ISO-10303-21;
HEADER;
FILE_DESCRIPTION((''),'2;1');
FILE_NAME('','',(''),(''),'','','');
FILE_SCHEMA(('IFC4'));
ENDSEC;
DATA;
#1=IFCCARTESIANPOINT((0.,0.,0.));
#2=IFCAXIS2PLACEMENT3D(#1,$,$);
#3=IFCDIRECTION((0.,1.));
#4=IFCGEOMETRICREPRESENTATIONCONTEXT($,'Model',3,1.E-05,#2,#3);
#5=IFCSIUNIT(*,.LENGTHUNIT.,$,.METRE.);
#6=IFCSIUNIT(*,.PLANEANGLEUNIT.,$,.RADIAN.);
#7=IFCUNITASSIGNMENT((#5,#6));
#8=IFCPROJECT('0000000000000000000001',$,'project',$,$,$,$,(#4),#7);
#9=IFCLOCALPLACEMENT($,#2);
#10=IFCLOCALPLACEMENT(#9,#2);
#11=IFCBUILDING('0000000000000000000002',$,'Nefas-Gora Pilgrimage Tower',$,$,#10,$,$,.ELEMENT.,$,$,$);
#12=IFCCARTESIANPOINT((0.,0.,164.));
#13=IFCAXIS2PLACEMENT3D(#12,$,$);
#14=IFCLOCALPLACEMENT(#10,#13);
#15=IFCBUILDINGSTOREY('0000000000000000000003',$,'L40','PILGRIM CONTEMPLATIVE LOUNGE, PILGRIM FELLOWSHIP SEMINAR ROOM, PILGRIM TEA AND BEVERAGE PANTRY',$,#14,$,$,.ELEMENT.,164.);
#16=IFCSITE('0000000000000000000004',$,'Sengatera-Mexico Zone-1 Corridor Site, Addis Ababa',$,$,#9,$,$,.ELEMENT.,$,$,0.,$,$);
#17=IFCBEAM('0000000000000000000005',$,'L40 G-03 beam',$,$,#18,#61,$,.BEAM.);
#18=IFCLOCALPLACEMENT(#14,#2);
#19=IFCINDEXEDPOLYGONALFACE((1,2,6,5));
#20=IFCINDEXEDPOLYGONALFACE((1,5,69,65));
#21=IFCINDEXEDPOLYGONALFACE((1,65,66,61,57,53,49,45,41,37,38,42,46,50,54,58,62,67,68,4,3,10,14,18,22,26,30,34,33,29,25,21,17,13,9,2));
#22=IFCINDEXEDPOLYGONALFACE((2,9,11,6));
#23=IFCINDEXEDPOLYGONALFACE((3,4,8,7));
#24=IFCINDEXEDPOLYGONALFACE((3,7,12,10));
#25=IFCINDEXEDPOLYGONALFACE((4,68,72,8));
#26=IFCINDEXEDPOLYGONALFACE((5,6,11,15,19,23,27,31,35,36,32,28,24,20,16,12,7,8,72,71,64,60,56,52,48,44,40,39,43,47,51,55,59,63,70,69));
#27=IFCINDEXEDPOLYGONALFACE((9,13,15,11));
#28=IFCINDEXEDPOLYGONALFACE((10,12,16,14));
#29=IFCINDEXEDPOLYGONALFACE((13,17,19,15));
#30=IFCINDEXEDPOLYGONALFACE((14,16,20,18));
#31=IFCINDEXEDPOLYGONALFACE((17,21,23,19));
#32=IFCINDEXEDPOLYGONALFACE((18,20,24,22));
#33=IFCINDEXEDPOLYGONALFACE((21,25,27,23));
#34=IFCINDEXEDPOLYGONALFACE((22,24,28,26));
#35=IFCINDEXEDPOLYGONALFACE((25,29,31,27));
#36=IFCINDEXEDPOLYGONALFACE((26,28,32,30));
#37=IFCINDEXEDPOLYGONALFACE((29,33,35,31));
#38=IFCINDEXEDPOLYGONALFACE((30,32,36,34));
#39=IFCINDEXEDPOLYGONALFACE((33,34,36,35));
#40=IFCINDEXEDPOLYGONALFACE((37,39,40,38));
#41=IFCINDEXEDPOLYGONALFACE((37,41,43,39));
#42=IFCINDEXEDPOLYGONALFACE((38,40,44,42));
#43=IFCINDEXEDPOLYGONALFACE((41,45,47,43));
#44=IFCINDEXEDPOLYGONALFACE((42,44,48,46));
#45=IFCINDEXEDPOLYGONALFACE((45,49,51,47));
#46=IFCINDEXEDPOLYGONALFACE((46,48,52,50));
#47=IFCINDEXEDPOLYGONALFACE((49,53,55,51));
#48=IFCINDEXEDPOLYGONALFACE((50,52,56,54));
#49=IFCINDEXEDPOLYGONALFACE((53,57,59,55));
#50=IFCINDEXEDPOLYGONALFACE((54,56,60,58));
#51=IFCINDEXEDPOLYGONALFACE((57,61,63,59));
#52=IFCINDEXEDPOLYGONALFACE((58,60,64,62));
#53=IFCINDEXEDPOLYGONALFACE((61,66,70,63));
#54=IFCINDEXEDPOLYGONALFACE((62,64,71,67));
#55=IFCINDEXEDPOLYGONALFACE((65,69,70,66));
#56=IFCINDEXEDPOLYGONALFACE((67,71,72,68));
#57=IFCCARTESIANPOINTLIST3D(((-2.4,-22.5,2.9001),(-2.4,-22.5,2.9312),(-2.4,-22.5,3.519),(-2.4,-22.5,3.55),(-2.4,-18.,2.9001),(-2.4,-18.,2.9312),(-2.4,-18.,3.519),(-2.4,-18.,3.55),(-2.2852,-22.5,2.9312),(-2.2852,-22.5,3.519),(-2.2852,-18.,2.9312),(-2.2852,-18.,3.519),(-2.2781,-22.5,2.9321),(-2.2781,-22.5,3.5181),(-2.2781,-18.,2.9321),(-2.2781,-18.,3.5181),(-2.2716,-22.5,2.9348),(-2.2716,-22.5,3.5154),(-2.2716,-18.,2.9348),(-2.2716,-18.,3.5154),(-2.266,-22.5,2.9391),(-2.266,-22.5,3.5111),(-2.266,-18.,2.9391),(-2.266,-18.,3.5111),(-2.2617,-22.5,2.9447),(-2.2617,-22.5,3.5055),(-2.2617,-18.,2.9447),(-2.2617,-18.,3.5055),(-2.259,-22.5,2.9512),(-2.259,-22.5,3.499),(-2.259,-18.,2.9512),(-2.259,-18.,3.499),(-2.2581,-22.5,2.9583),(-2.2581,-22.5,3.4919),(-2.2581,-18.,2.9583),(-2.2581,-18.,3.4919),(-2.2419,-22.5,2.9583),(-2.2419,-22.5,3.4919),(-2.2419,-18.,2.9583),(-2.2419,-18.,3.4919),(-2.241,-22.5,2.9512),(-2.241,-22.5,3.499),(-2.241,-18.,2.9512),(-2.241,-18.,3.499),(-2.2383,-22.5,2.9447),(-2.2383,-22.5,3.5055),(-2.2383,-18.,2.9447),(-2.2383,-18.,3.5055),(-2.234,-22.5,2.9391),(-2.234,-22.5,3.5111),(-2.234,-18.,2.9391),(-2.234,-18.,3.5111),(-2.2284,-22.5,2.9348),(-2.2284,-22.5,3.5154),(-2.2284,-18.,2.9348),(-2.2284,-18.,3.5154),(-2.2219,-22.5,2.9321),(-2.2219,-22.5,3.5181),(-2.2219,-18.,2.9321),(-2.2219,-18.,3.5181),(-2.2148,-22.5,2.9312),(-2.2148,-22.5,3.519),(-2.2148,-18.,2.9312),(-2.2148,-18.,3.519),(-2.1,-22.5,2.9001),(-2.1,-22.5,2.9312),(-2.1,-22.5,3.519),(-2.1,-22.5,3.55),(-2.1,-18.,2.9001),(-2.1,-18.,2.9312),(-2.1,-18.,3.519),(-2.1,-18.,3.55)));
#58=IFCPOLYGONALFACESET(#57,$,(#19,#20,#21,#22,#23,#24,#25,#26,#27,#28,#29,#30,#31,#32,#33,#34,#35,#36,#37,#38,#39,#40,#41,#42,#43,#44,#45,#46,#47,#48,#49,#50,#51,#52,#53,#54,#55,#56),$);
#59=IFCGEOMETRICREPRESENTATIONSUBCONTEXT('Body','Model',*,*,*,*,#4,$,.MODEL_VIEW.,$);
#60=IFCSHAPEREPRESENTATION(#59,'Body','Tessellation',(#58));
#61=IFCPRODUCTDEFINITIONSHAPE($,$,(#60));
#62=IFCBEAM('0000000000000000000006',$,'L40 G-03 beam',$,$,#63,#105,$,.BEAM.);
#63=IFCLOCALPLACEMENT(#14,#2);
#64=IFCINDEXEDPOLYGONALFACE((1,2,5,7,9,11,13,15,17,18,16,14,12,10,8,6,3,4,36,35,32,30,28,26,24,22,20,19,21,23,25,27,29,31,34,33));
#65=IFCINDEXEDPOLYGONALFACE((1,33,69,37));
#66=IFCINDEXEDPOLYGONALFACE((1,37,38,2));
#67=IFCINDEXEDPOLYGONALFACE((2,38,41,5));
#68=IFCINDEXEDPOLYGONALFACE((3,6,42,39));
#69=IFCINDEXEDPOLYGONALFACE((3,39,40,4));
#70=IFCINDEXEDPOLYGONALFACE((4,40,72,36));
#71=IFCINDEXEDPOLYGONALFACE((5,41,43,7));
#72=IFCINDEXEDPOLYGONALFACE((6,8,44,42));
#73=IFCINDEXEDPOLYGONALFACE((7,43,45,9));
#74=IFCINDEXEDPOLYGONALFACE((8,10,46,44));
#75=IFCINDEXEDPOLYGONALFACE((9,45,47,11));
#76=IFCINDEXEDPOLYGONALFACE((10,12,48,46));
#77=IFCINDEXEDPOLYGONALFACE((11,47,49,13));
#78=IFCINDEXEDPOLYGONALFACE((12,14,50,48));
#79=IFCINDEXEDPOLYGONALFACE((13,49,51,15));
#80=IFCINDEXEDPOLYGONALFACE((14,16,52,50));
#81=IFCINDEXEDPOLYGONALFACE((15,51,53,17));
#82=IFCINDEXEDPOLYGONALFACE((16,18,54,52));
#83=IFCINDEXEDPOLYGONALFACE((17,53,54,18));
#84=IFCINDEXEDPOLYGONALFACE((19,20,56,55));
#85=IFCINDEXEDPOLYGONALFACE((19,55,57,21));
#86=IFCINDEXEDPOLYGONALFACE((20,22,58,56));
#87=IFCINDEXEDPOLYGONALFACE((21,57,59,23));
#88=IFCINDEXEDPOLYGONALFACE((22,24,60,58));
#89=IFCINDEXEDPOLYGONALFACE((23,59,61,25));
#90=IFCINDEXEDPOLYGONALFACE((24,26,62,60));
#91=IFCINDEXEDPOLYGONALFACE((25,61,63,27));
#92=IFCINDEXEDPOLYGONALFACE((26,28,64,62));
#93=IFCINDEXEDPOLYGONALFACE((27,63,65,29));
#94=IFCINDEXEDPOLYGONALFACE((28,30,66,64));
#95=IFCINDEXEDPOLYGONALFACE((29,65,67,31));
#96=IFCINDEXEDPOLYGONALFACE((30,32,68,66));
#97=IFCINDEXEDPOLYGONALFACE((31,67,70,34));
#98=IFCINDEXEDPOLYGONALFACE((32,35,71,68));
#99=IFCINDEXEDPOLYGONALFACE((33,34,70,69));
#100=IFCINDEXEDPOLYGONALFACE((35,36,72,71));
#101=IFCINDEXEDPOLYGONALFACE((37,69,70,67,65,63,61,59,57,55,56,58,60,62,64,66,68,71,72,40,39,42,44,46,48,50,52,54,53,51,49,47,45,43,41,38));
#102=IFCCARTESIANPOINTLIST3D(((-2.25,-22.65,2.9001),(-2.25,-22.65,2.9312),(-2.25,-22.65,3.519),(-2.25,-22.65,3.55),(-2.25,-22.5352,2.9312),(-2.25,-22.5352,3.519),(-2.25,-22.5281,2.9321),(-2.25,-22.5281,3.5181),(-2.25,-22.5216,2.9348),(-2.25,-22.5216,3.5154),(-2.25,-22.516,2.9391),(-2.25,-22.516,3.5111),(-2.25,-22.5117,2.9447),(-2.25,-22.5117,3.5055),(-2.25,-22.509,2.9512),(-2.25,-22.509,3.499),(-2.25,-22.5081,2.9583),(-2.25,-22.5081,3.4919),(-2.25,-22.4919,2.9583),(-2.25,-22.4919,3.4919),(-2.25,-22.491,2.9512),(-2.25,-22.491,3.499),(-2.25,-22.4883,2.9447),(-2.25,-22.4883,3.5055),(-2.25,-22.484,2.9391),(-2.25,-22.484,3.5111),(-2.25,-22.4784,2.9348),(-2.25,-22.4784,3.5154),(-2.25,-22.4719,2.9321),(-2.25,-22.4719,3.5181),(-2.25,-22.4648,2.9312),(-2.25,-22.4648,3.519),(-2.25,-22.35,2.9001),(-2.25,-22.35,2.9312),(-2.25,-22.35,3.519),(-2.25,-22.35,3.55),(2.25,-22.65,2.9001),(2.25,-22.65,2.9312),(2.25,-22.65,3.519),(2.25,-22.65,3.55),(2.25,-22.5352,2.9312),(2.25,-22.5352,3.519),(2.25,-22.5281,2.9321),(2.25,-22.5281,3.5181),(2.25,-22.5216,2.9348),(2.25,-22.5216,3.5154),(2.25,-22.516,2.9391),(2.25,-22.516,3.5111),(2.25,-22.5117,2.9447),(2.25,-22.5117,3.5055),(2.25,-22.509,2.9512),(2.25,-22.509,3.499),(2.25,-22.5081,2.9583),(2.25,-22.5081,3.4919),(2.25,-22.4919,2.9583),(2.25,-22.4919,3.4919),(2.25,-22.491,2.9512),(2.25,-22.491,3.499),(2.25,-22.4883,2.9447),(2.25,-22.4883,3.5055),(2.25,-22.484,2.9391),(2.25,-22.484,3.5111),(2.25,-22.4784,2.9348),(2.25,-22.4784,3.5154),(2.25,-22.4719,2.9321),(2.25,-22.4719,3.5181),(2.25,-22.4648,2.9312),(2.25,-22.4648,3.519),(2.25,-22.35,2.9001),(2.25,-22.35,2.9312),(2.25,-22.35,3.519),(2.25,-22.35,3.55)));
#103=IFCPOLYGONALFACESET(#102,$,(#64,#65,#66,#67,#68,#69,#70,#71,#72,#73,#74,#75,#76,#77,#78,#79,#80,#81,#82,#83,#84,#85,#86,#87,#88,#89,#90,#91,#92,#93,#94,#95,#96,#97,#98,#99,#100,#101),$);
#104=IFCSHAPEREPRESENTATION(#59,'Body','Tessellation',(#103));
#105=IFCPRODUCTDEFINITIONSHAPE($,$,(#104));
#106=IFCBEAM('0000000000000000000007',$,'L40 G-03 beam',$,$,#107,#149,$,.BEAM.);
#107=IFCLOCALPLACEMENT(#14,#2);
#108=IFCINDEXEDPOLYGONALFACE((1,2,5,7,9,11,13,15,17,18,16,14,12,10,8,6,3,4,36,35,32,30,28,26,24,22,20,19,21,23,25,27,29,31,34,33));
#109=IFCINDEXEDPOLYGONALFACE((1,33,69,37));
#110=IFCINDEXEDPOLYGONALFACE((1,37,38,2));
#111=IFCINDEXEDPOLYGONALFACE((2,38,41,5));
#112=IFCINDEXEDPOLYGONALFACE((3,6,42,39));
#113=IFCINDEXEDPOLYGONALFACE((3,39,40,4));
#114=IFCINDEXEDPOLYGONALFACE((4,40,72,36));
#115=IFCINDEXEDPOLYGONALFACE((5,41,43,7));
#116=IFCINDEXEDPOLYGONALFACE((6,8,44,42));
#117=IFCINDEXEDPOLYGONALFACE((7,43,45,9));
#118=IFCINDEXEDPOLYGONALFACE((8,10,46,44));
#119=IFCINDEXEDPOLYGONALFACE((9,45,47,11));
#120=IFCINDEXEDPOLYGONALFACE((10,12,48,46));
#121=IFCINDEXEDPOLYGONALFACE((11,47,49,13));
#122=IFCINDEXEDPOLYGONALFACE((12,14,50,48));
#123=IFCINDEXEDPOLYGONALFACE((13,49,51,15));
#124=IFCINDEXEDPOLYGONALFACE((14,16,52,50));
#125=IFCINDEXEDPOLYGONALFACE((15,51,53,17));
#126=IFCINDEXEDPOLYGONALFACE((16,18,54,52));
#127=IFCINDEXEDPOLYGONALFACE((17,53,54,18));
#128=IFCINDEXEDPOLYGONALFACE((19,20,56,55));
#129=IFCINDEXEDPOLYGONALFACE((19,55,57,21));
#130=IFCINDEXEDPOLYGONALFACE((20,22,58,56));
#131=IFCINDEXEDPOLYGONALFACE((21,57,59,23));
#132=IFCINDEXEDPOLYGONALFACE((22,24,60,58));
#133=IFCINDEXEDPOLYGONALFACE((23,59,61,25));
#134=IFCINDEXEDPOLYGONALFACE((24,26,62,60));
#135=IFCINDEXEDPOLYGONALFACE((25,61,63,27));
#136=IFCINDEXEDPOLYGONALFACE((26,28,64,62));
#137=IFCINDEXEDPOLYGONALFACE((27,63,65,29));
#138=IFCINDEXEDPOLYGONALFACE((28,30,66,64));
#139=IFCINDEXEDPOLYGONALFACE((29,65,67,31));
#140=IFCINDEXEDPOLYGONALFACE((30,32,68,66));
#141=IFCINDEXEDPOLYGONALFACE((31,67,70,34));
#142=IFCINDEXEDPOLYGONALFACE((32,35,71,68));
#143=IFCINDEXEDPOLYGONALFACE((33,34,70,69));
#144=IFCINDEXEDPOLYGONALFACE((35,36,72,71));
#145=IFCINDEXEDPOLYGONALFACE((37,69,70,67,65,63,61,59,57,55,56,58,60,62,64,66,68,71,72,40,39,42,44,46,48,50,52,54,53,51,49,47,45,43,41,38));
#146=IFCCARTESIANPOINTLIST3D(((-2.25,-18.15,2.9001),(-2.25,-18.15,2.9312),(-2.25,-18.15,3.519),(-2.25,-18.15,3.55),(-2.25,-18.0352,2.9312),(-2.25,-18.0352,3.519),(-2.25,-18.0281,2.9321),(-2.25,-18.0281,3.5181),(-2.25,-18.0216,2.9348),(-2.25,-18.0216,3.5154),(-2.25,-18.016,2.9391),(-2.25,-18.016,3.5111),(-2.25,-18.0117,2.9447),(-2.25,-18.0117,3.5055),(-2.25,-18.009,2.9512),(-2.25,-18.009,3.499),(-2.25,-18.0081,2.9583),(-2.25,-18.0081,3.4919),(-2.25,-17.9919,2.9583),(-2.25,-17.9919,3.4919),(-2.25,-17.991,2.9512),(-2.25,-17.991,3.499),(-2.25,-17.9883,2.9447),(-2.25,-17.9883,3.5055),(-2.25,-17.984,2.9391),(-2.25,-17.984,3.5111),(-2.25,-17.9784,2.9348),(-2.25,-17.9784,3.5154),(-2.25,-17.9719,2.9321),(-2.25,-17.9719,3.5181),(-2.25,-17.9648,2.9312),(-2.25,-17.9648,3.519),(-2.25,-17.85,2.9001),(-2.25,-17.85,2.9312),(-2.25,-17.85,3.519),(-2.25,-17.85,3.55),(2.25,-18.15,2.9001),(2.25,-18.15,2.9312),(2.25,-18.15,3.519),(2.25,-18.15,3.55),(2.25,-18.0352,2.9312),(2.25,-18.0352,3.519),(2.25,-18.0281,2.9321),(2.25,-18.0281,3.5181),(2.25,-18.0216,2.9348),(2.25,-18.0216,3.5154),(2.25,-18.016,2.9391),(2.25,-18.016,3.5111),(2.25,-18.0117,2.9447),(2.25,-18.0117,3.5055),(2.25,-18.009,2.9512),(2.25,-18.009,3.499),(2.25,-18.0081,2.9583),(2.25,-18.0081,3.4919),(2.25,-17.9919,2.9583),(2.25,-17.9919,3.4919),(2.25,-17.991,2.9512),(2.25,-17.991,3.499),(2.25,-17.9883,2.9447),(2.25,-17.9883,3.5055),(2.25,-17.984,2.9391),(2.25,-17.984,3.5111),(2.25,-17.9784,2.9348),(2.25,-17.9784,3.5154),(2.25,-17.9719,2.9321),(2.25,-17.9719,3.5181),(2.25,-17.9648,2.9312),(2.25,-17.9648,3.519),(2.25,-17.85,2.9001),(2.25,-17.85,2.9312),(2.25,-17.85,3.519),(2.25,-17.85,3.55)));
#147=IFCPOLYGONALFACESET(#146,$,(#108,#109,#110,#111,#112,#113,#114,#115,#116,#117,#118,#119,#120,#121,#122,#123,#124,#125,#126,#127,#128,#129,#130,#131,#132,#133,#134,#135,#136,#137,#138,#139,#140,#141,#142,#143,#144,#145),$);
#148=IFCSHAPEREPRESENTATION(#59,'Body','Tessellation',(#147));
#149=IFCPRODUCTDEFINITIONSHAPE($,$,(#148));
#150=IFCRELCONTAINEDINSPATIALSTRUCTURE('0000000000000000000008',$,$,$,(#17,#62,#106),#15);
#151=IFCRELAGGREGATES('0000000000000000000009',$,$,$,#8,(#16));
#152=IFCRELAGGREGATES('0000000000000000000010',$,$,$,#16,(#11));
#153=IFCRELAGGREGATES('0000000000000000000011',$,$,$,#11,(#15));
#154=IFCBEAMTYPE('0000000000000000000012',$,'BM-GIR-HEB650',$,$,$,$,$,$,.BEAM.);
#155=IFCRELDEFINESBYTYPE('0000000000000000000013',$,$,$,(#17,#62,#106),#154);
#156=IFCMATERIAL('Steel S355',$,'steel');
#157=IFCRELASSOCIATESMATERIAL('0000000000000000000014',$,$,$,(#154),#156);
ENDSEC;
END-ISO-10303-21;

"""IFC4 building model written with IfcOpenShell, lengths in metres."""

from ifc_helpers import new_model, si_unit, direction, frame, origin, origin_2d, place, context, subcontext, project, spatial, i_section, extrude, source, transform, mapped, material, material_profile, profile_set, type_object, element, save


model = new_model("IFC4")

# Units and contexts
model_context = context("Model", 3, precision=1e-05, world=origin(), true_north=direction((0.0, 1.0)))
body_context = subcontext(model_context, "Body", "Model", "MODEL_VIEW")
ifc_project = project(units=[si_unit("LENGTHUNIT", "METRE"), si_unit("PLANEANGLEUNIT", "RADIAN")], contexts=[model_context])

# Site, building, storey
site_placement = place(None, origin())
site = spatial("IfcSite", under=ifc_project, at=site_placement, Name="Sengatera-Mexico Zone-1 Corridor Site, Addis Ababa", CompositionType="ELEMENT", RefElevation=0.0)
building_placement = place(site_placement, origin())
building = spatial("IfcBuilding", under=site, at=building_placement, Name="Nefas-Gora Pilgrimage Tower", CompositionType="ELEMENT")
storey_placement = place(building_placement, frame((0.0, 0.0, 164.0)))
storey = spatial("IfcBuildingStorey", under=building, at=storey_placement, Name="L40", Description="PILGRIM CONTEMPLATIVE LOUNGE, PILGRIM FELLOWSHIP SEMINAR ROOM, PILGRIM TEA AND BEVERAGE PANTRY", CompositionType="ELEMENT", Elevation=164.0)

# Beams
ifc_material_1 = material(Name="Steel S355", Category="steel")
ifc_material_profile_1 = material_profile(ifc_material_1, i_section(OverallWidth=0.3, OverallDepth=0.6499, WebThickness=0.0161, FlangeThickness=0.031, FilletRadius=0.0271, at=origin_2d()), Name="HEB 650")
ifc_profile_set_1 = profile_set([ifc_material_profile_1], Name="Steel S355")
beam_type = type_object("IfcBeamType", Name="BM-GIR-HEB650", PredefinedType="BEAM", material=ifc_profile_set_1)
shared_shape_1 = source(origin(), body_context, "Body", "SweptSolid", [
    extrude(i_section(OverallWidth=0.3, OverallDepth=0.6499, WebThickness=0.0161, FlangeThickness=0.031, FilletRadius=0.0271, at=origin_2d()), origin(), (0.0, 0.0, 1.0), 4.5),
])
for number, where, z_axis, x_axis, name in (
    (1, (-2.25, -22.5, 3.2251), (0.0, 1.0, 0.0), (-1.0, 0.0, 0.0), "L40 G-03 beam"),
    (2, (-2.25, -22.5, 3.2251), (1.0, 0.0, 0.0), (0.0, 1.0, 0.0), "L40 G-03 beam"),
    (3, (-2.25, -18.0, 3.2251), (1.0, 0.0, 0.0), (0.0, 1.0, 0.0), "L40 G-03 beam"),
):
    element("IfcBeam", number, at=place(storey_placement, frame(where, z_axis=z_axis, x_axis=x_axis)), inside=storey, type_object=beam_type, Name=name, PredefinedType="BEAM", context=body_context, shape_type="MappedRepresentation", body=[
        mapped(shared_shape_1, transform((0.0, 0.0, 0.0), x_axis=(1.0, 0.0, 0.0), y_axis=(0.0, 1.0, 0.0), z_axis=(0.0, 0.0, 1.0), scale=1.0)),
    ])

save(model, "model.ifc")
